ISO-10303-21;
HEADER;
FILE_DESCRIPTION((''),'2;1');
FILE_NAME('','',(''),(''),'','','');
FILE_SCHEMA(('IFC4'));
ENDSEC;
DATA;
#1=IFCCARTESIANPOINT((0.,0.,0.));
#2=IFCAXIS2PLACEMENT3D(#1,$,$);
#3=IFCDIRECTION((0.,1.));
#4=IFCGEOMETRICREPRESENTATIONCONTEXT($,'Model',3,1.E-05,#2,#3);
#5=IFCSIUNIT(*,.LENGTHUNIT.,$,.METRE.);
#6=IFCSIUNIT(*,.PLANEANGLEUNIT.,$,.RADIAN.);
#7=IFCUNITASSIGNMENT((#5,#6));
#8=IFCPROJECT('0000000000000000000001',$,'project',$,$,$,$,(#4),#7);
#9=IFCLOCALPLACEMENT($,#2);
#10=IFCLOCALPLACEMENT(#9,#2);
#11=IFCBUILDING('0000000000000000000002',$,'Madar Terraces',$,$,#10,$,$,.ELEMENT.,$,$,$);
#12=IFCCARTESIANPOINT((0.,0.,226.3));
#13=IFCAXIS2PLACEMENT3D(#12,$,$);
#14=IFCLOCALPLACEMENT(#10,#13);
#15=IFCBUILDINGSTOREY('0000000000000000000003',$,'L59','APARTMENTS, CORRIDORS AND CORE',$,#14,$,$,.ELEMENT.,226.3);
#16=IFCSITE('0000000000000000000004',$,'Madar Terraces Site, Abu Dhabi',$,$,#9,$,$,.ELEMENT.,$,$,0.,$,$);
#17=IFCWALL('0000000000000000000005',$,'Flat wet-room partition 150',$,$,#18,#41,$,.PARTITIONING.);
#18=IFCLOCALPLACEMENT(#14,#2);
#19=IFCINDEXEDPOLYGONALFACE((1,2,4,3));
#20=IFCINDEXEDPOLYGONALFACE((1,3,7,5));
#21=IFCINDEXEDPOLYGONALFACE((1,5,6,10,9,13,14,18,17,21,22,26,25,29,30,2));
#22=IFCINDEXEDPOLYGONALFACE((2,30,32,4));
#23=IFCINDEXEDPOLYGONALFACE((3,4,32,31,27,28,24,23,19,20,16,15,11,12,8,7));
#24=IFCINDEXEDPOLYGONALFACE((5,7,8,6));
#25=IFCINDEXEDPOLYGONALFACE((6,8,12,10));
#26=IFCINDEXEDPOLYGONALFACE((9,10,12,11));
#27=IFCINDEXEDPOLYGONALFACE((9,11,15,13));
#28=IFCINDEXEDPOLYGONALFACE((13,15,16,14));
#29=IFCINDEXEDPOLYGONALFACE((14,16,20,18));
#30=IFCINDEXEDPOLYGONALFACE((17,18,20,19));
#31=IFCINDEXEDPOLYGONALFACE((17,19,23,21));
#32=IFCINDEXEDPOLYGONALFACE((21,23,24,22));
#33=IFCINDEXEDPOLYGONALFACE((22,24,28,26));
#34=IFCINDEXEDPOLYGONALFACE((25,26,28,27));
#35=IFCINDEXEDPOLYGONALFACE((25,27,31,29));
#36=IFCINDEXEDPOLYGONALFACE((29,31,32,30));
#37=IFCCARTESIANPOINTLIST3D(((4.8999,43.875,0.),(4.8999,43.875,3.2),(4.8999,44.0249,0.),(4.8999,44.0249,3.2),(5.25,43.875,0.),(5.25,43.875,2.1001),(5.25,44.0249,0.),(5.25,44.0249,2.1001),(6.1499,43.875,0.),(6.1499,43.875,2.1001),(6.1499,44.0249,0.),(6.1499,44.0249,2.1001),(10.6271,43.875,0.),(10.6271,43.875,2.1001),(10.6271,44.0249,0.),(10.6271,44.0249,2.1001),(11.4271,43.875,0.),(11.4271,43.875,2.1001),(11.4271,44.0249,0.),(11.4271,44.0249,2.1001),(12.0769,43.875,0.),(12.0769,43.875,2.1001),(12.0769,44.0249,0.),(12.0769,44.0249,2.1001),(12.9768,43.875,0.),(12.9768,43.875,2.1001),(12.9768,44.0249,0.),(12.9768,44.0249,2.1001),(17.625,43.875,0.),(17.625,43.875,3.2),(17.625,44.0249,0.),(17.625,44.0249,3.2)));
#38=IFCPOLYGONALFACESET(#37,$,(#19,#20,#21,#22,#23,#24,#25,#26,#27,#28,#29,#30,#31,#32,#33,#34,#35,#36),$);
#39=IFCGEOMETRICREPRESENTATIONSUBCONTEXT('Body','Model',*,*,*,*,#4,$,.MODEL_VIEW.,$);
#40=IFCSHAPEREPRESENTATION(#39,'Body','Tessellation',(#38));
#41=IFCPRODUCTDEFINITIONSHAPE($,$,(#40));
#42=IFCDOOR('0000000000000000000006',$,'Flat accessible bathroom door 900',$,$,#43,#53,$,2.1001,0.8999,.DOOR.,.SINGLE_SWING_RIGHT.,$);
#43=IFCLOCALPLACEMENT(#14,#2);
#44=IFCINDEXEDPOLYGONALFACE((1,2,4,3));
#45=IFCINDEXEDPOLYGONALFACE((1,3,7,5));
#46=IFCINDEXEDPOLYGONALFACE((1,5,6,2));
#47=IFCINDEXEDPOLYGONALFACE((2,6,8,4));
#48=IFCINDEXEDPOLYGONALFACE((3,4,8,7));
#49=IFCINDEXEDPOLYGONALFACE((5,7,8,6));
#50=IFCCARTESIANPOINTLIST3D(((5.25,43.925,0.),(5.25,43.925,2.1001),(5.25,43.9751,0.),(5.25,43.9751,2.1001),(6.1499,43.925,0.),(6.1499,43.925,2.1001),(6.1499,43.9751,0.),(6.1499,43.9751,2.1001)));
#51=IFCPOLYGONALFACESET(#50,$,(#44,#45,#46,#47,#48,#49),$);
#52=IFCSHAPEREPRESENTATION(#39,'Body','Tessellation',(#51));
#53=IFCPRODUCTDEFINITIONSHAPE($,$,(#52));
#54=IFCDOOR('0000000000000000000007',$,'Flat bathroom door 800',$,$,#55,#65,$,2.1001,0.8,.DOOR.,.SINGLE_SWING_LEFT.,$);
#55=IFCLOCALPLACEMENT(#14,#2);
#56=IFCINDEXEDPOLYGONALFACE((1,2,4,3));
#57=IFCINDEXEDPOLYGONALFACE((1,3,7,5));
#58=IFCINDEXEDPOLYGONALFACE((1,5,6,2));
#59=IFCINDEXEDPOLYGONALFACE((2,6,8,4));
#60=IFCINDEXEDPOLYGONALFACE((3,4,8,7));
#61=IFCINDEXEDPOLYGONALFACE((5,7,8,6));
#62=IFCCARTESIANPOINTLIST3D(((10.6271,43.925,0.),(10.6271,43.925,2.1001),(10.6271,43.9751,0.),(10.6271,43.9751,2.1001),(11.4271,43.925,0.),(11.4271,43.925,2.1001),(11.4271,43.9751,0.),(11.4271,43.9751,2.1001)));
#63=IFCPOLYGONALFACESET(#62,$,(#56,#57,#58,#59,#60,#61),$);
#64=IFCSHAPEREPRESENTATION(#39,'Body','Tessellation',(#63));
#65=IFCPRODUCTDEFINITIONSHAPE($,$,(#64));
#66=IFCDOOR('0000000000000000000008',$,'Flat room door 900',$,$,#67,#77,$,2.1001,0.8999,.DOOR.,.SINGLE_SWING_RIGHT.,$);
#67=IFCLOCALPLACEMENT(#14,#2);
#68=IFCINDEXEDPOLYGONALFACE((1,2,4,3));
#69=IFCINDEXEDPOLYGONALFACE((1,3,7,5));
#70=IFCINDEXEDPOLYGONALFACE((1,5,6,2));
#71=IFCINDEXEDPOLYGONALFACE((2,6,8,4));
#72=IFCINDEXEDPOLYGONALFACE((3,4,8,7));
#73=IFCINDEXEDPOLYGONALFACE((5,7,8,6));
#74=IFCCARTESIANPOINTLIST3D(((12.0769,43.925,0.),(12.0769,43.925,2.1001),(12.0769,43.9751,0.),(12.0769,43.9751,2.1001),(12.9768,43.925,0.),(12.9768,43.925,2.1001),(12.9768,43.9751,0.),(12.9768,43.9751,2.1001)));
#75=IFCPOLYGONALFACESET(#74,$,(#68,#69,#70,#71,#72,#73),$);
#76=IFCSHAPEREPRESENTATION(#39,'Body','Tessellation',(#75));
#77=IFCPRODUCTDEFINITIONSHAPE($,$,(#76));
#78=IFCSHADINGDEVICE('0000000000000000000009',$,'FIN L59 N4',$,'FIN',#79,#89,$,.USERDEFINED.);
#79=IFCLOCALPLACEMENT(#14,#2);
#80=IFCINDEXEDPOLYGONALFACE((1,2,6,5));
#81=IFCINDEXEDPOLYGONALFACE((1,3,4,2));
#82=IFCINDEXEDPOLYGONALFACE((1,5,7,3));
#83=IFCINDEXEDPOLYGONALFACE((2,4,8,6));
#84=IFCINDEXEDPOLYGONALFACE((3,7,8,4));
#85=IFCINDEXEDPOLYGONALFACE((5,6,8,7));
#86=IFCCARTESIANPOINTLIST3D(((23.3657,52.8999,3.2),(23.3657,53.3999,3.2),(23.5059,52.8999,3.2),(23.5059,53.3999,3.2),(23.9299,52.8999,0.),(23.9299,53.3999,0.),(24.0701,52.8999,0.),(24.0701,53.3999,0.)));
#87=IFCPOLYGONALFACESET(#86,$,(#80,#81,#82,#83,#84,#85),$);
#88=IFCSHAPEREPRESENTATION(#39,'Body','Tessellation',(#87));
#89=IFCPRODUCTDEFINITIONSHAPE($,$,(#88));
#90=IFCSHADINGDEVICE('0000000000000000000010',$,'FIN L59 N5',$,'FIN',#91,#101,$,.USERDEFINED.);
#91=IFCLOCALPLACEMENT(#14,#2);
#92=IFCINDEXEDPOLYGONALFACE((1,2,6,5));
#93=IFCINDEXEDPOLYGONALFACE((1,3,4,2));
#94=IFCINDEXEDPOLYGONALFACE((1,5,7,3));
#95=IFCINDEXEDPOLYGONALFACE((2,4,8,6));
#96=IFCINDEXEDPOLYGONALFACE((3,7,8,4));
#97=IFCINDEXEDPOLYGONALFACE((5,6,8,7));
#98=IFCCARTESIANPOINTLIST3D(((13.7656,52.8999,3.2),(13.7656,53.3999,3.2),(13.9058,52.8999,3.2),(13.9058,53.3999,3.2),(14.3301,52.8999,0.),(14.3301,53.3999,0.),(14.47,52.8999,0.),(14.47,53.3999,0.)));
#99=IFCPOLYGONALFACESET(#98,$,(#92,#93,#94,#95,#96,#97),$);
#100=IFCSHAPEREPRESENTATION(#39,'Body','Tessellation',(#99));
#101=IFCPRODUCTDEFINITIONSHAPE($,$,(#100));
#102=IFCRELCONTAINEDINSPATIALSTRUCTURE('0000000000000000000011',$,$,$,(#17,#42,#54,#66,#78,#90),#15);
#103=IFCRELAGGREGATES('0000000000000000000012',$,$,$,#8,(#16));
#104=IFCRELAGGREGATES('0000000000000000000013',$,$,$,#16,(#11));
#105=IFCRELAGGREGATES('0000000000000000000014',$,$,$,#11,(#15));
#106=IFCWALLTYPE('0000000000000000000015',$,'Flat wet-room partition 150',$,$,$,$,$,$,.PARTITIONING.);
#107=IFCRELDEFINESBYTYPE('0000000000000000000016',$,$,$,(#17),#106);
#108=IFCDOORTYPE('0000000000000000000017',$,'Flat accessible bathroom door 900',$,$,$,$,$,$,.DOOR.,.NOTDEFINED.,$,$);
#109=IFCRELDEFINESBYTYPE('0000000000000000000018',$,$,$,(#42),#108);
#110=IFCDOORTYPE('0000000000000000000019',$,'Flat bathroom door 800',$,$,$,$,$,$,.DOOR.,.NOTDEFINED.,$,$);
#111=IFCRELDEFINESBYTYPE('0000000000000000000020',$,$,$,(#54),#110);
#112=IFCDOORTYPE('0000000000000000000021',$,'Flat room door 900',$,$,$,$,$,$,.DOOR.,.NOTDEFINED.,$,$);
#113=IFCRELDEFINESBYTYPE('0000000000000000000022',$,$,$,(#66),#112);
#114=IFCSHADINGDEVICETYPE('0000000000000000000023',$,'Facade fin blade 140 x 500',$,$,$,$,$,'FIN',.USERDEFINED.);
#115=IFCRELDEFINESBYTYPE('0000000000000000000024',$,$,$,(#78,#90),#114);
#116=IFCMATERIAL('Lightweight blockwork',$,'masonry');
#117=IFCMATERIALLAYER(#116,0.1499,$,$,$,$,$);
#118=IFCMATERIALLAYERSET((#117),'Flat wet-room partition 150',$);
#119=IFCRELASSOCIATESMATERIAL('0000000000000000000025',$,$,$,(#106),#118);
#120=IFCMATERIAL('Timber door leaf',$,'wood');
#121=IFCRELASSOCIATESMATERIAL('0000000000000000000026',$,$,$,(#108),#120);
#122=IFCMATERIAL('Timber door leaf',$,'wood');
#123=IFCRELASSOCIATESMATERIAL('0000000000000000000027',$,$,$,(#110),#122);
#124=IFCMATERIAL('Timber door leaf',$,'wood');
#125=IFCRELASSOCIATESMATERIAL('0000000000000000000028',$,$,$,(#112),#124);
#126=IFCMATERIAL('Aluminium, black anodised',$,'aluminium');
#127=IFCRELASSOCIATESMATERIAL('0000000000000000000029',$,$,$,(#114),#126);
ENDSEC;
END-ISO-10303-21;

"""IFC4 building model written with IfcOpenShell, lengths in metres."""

from ifc_helpers import new_model, si_unit, direction, frame, frame_2d, origin, place, context, subcontext, project, spatial, polyline, rectangle, outline, extrude, material, layer, layer_set, type_object, element, fill, save


model = new_model("IFC4")

# Units and contexts
model_context = context("Model", 3, precision=1e-05, world=origin(), true_north=direction((0.0, 1.0)))
body_context = subcontext(model_context, "Body", "Model", "MODEL_VIEW")
ifc_project = project(units=[si_unit("LENGTHUNIT", "METRE"), si_unit("PLANEANGLEUNIT", "RADIAN")], contexts=[model_context])

# Site, building, storey
site_placement = place(None, origin())
site = spatial("IfcSite", under=ifc_project, at=site_placement, Name="Madar Terraces Site, Abu Dhabi", CompositionType="ELEMENT", RefElevation=0.0)
building_placement = place(site_placement, origin())
building = spatial("IfcBuilding", under=site, at=building_placement, Name="Madar Terraces", CompositionType="ELEMENT")
storey_placement = place(building_placement, frame((0.0, 0.0, 226.3)))
storey = spatial("IfcBuildingStorey", under=building, at=storey_placement, Name="L59", Description="APARTMENTS, CORRIDORS AND CORE", CompositionType="ELEMENT", Elevation=226.3)

# Wall, openings, doors
ifc_material_1 = material(Name="Lightweight blockwork", Category="masonry")
ifc_layer_1 = layer(ifc_material_1, 0.1499)
ifc_layer_set_1 = layer_set([ifc_layer_1], Name="Flat wet-room partition 150")
wall_type_1 = type_object("IfcWallType", Name="Flat wet-room partition 150", PredefinedType="PARTITIONING", material=ifc_layer_set_1)
wall_1_placement = place(storey_placement, frame((17.625, 43.95, 0.0), z_axis=(0.0, 0.0, 1.0), x_axis=(-1.0, 0.0, 0.0)))
wall_1 = element("IfcWall", 1, at=wall_1_placement, inside=storey, type_object=wall_type_1, Name="Flat wet-room partition 150", PredefinedType="PARTITIONING", context=body_context, shape_type="SweptSolid", body=[
    extrude(rectangle(XDim=12.7251, YDim=0.1499, at=frame_2d((6.3625, 0.0))), origin(), (0.0, 0.0, 1.0), 3.2),
])
opening_1_placement = place(wall_1_placement, frame((4.6482, 0.0, 0.0)))
opening_1 = element("IfcOpeningElement", 2, at=opening_1_placement, cuts=wall_1, PredefinedType="OPENING", context=body_context, shape_type="SweptSolid", body=[
    extrude(rectangle(XDim=0.8999, YDim=2.1001, at=frame_2d((0.45, 1.05))), frame((0.0, 0.085, 0.0), z_axis=(0.0, -1.0, 0.0), x_axis=(1.0, 0.0, 0.0)), (0.0, 0.0, 1.0), 0.1699),
])
opening_2_placement = place(wall_1_placement, frame((6.198, 0.0, 0.0)))
opening_2 = element("IfcOpeningElement", 3, at=opening_2_placement, cuts=wall_1, PredefinedType="OPENING", context=body_context, shape_type="SweptSolid", body=[
    extrude(rectangle(XDim=0.8, YDim=2.1001, at=frame_2d((0.3999, 1.05))), frame((0.0, 0.085, 0.0), z_axis=(0.0, -1.0, 0.0), x_axis=(1.0, 0.0, 0.0)), (0.0, 0.0, 1.0), 0.1699),
])
opening_3_placement = place(wall_1_placement, frame((11.4751, 0.0, 0.0)))
opening_3 = element("IfcOpeningElement", 4, at=opening_3_placement, cuts=wall_1, PredefinedType="OPENING", context=body_context, shape_type="SweptSolid", body=[
    extrude(rectangle(XDim=0.8999, YDim=2.1001, at=frame_2d((0.45, 1.05))), frame((0.0, 0.085, 0.0), z_axis=(0.0, -1.0, 0.0), x_axis=(1.0, 0.0, 0.0)), (0.0, 0.0, 1.0), 0.1699),
])
ifc_material_2 = material(Name="Timber door leaf", Category="wood")
door_type_1 = type_object("IfcDoorType", Name="Flat accessible bathroom door 900", OperationType="NOTDEFINED", PredefinedType="DOOR", material=ifc_material_2)
door_1_placement = place(opening_3_placement, origin())
door_1 = element("IfcDoor", 5, at=door_1_placement, inside=storey, type_object=door_type_1, Name="Flat accessible bathroom door 900", OperationType="SINGLE_SWING_RIGHT", OverallHeight=2.1001, OverallWidth=0.8999, PredefinedType="DOOR", context=body_context, shape_type="SweptSolid", body=[
    extrude(rectangle(XDim=0.8999, YDim=2.1001, at=frame_2d((0.45, 1.05))), frame((0.0, 0.0249, 0.0), z_axis=(0.0, -1.0, 0.0), x_axis=(1.0, 0.0, 0.0)), (0.0, 0.0, 1.0), 0.05),
])
fill(opening_3, door_1)
ifc_material_3 = material(Name="Timber door leaf", Category="wood")
door_type_2 = type_object("IfcDoorType", Name="Flat bathroom door 800", OperationType="NOTDEFINED", PredefinedType="DOOR", material=ifc_material_3)
door_2_placement = place(opening_2_placement, origin())
door_2 = element("IfcDoor", 6, at=door_2_placement, inside=storey, type_object=door_type_2, Name="Flat bathroom door 800", OperationType="SINGLE_SWING_LEFT", OverallHeight=2.1001, OverallWidth=0.8, PredefinedType="DOOR", context=body_context, shape_type="SweptSolid", body=[
    extrude(rectangle(XDim=0.8, YDim=2.1001, at=frame_2d((0.3999, 1.05))), frame((0.0, 0.0249, 0.0), z_axis=(0.0, -1.0, 0.0), x_axis=(1.0, 0.0, 0.0)), (0.0, 0.0, 1.0), 0.05),
])
fill(opening_2, door_2)
ifc_material_4 = material(Name="Timber door leaf", Category="wood")
door_type_3 = type_object("IfcDoorType", Name="Flat room door 900", OperationType="NOTDEFINED", PredefinedType="DOOR", material=ifc_material_4)
door_3_placement = place(opening_1_placement, origin())
door_3 = element("IfcDoor", 7, at=door_3_placement, inside=storey, type_object=door_type_3, Name="Flat room door 900", OperationType="SINGLE_SWING_RIGHT", OverallHeight=2.1001, OverallWidth=0.8999, PredefinedType="DOOR", context=body_context, shape_type="SweptSolid", body=[
    extrude(rectangle(XDim=0.8999, YDim=2.1001, at=frame_2d((0.45, 1.05))), frame((0.0, 0.0249, 0.0), z_axis=(0.0, -1.0, 0.0), x_axis=(1.0, 0.0, 0.0)), (0.0, 0.0, 1.0), 0.05),
])
fill(opening_1, door_3)

# Shading devices
ifc_material_5 = material(Name="Aluminium, black anodised", Category="aluminium")
shading_device_type = type_object("IfcShadingDeviceType", Name="Facade fin blade 140 x 500", ElementType="FIN", PredefinedType="USERDEFINED", material=ifc_material_5)
shading_device_1_placement = place(storey_placement, frame((24.0701, 53.1499, 0.0), z_axis=(0.0, 0.0, 1.0), x_axis=(-1.0, 0.0, 0.0)))
element("IfcShadingDevice", 8, at=shading_device_1_placement, inside=storey, type_object=shading_device_type, Name="FIN L59 N4", ObjectType="FIN", PredefinedType="USERDEFINED", context=body_context, shape_type="SweptSolid", body=[
    extrude(outline(polyline([(0.0, 0.0), (0.1401, 0.0), (0.7043, 3.2), (0.5642, 3.2), (0.0, 0.0)])), frame((0.0, 0.25, 0.0), z_axis=(0.0, -1.0, 0.0), x_axis=(1.0, 0.0, 0.0)), (0.0, 0.0, 1.0), 0.5),
])
shading_device_2_placement = place(storey_placement, frame((14.47, 53.1499, 0.0), z_axis=(0.0, 0.0, 1.0), x_axis=(-1.0, 0.0, 0.0)))
element("IfcShadingDevice", 9, at=shading_device_2_placement, inside=storey, type_object=shading_device_type, Name="FIN L59 N5", ObjectType="FIN", PredefinedType="USERDEFINED", context=body_context, shape_type="SweptSolid", body=[
    extrude(outline(polyline([(0.0, 0.0), (0.1399, 0.0), (0.7043, 3.2), (0.5642, 3.2), (0.0, 0.0)])), frame((0.0, 0.25, 0.0), z_axis=(0.0, -1.0, 0.0), x_axis=(1.0, 0.0, 0.0)), (0.0, 0.0, 1.0), 0.5),
])

save(model, "model.ifc")
